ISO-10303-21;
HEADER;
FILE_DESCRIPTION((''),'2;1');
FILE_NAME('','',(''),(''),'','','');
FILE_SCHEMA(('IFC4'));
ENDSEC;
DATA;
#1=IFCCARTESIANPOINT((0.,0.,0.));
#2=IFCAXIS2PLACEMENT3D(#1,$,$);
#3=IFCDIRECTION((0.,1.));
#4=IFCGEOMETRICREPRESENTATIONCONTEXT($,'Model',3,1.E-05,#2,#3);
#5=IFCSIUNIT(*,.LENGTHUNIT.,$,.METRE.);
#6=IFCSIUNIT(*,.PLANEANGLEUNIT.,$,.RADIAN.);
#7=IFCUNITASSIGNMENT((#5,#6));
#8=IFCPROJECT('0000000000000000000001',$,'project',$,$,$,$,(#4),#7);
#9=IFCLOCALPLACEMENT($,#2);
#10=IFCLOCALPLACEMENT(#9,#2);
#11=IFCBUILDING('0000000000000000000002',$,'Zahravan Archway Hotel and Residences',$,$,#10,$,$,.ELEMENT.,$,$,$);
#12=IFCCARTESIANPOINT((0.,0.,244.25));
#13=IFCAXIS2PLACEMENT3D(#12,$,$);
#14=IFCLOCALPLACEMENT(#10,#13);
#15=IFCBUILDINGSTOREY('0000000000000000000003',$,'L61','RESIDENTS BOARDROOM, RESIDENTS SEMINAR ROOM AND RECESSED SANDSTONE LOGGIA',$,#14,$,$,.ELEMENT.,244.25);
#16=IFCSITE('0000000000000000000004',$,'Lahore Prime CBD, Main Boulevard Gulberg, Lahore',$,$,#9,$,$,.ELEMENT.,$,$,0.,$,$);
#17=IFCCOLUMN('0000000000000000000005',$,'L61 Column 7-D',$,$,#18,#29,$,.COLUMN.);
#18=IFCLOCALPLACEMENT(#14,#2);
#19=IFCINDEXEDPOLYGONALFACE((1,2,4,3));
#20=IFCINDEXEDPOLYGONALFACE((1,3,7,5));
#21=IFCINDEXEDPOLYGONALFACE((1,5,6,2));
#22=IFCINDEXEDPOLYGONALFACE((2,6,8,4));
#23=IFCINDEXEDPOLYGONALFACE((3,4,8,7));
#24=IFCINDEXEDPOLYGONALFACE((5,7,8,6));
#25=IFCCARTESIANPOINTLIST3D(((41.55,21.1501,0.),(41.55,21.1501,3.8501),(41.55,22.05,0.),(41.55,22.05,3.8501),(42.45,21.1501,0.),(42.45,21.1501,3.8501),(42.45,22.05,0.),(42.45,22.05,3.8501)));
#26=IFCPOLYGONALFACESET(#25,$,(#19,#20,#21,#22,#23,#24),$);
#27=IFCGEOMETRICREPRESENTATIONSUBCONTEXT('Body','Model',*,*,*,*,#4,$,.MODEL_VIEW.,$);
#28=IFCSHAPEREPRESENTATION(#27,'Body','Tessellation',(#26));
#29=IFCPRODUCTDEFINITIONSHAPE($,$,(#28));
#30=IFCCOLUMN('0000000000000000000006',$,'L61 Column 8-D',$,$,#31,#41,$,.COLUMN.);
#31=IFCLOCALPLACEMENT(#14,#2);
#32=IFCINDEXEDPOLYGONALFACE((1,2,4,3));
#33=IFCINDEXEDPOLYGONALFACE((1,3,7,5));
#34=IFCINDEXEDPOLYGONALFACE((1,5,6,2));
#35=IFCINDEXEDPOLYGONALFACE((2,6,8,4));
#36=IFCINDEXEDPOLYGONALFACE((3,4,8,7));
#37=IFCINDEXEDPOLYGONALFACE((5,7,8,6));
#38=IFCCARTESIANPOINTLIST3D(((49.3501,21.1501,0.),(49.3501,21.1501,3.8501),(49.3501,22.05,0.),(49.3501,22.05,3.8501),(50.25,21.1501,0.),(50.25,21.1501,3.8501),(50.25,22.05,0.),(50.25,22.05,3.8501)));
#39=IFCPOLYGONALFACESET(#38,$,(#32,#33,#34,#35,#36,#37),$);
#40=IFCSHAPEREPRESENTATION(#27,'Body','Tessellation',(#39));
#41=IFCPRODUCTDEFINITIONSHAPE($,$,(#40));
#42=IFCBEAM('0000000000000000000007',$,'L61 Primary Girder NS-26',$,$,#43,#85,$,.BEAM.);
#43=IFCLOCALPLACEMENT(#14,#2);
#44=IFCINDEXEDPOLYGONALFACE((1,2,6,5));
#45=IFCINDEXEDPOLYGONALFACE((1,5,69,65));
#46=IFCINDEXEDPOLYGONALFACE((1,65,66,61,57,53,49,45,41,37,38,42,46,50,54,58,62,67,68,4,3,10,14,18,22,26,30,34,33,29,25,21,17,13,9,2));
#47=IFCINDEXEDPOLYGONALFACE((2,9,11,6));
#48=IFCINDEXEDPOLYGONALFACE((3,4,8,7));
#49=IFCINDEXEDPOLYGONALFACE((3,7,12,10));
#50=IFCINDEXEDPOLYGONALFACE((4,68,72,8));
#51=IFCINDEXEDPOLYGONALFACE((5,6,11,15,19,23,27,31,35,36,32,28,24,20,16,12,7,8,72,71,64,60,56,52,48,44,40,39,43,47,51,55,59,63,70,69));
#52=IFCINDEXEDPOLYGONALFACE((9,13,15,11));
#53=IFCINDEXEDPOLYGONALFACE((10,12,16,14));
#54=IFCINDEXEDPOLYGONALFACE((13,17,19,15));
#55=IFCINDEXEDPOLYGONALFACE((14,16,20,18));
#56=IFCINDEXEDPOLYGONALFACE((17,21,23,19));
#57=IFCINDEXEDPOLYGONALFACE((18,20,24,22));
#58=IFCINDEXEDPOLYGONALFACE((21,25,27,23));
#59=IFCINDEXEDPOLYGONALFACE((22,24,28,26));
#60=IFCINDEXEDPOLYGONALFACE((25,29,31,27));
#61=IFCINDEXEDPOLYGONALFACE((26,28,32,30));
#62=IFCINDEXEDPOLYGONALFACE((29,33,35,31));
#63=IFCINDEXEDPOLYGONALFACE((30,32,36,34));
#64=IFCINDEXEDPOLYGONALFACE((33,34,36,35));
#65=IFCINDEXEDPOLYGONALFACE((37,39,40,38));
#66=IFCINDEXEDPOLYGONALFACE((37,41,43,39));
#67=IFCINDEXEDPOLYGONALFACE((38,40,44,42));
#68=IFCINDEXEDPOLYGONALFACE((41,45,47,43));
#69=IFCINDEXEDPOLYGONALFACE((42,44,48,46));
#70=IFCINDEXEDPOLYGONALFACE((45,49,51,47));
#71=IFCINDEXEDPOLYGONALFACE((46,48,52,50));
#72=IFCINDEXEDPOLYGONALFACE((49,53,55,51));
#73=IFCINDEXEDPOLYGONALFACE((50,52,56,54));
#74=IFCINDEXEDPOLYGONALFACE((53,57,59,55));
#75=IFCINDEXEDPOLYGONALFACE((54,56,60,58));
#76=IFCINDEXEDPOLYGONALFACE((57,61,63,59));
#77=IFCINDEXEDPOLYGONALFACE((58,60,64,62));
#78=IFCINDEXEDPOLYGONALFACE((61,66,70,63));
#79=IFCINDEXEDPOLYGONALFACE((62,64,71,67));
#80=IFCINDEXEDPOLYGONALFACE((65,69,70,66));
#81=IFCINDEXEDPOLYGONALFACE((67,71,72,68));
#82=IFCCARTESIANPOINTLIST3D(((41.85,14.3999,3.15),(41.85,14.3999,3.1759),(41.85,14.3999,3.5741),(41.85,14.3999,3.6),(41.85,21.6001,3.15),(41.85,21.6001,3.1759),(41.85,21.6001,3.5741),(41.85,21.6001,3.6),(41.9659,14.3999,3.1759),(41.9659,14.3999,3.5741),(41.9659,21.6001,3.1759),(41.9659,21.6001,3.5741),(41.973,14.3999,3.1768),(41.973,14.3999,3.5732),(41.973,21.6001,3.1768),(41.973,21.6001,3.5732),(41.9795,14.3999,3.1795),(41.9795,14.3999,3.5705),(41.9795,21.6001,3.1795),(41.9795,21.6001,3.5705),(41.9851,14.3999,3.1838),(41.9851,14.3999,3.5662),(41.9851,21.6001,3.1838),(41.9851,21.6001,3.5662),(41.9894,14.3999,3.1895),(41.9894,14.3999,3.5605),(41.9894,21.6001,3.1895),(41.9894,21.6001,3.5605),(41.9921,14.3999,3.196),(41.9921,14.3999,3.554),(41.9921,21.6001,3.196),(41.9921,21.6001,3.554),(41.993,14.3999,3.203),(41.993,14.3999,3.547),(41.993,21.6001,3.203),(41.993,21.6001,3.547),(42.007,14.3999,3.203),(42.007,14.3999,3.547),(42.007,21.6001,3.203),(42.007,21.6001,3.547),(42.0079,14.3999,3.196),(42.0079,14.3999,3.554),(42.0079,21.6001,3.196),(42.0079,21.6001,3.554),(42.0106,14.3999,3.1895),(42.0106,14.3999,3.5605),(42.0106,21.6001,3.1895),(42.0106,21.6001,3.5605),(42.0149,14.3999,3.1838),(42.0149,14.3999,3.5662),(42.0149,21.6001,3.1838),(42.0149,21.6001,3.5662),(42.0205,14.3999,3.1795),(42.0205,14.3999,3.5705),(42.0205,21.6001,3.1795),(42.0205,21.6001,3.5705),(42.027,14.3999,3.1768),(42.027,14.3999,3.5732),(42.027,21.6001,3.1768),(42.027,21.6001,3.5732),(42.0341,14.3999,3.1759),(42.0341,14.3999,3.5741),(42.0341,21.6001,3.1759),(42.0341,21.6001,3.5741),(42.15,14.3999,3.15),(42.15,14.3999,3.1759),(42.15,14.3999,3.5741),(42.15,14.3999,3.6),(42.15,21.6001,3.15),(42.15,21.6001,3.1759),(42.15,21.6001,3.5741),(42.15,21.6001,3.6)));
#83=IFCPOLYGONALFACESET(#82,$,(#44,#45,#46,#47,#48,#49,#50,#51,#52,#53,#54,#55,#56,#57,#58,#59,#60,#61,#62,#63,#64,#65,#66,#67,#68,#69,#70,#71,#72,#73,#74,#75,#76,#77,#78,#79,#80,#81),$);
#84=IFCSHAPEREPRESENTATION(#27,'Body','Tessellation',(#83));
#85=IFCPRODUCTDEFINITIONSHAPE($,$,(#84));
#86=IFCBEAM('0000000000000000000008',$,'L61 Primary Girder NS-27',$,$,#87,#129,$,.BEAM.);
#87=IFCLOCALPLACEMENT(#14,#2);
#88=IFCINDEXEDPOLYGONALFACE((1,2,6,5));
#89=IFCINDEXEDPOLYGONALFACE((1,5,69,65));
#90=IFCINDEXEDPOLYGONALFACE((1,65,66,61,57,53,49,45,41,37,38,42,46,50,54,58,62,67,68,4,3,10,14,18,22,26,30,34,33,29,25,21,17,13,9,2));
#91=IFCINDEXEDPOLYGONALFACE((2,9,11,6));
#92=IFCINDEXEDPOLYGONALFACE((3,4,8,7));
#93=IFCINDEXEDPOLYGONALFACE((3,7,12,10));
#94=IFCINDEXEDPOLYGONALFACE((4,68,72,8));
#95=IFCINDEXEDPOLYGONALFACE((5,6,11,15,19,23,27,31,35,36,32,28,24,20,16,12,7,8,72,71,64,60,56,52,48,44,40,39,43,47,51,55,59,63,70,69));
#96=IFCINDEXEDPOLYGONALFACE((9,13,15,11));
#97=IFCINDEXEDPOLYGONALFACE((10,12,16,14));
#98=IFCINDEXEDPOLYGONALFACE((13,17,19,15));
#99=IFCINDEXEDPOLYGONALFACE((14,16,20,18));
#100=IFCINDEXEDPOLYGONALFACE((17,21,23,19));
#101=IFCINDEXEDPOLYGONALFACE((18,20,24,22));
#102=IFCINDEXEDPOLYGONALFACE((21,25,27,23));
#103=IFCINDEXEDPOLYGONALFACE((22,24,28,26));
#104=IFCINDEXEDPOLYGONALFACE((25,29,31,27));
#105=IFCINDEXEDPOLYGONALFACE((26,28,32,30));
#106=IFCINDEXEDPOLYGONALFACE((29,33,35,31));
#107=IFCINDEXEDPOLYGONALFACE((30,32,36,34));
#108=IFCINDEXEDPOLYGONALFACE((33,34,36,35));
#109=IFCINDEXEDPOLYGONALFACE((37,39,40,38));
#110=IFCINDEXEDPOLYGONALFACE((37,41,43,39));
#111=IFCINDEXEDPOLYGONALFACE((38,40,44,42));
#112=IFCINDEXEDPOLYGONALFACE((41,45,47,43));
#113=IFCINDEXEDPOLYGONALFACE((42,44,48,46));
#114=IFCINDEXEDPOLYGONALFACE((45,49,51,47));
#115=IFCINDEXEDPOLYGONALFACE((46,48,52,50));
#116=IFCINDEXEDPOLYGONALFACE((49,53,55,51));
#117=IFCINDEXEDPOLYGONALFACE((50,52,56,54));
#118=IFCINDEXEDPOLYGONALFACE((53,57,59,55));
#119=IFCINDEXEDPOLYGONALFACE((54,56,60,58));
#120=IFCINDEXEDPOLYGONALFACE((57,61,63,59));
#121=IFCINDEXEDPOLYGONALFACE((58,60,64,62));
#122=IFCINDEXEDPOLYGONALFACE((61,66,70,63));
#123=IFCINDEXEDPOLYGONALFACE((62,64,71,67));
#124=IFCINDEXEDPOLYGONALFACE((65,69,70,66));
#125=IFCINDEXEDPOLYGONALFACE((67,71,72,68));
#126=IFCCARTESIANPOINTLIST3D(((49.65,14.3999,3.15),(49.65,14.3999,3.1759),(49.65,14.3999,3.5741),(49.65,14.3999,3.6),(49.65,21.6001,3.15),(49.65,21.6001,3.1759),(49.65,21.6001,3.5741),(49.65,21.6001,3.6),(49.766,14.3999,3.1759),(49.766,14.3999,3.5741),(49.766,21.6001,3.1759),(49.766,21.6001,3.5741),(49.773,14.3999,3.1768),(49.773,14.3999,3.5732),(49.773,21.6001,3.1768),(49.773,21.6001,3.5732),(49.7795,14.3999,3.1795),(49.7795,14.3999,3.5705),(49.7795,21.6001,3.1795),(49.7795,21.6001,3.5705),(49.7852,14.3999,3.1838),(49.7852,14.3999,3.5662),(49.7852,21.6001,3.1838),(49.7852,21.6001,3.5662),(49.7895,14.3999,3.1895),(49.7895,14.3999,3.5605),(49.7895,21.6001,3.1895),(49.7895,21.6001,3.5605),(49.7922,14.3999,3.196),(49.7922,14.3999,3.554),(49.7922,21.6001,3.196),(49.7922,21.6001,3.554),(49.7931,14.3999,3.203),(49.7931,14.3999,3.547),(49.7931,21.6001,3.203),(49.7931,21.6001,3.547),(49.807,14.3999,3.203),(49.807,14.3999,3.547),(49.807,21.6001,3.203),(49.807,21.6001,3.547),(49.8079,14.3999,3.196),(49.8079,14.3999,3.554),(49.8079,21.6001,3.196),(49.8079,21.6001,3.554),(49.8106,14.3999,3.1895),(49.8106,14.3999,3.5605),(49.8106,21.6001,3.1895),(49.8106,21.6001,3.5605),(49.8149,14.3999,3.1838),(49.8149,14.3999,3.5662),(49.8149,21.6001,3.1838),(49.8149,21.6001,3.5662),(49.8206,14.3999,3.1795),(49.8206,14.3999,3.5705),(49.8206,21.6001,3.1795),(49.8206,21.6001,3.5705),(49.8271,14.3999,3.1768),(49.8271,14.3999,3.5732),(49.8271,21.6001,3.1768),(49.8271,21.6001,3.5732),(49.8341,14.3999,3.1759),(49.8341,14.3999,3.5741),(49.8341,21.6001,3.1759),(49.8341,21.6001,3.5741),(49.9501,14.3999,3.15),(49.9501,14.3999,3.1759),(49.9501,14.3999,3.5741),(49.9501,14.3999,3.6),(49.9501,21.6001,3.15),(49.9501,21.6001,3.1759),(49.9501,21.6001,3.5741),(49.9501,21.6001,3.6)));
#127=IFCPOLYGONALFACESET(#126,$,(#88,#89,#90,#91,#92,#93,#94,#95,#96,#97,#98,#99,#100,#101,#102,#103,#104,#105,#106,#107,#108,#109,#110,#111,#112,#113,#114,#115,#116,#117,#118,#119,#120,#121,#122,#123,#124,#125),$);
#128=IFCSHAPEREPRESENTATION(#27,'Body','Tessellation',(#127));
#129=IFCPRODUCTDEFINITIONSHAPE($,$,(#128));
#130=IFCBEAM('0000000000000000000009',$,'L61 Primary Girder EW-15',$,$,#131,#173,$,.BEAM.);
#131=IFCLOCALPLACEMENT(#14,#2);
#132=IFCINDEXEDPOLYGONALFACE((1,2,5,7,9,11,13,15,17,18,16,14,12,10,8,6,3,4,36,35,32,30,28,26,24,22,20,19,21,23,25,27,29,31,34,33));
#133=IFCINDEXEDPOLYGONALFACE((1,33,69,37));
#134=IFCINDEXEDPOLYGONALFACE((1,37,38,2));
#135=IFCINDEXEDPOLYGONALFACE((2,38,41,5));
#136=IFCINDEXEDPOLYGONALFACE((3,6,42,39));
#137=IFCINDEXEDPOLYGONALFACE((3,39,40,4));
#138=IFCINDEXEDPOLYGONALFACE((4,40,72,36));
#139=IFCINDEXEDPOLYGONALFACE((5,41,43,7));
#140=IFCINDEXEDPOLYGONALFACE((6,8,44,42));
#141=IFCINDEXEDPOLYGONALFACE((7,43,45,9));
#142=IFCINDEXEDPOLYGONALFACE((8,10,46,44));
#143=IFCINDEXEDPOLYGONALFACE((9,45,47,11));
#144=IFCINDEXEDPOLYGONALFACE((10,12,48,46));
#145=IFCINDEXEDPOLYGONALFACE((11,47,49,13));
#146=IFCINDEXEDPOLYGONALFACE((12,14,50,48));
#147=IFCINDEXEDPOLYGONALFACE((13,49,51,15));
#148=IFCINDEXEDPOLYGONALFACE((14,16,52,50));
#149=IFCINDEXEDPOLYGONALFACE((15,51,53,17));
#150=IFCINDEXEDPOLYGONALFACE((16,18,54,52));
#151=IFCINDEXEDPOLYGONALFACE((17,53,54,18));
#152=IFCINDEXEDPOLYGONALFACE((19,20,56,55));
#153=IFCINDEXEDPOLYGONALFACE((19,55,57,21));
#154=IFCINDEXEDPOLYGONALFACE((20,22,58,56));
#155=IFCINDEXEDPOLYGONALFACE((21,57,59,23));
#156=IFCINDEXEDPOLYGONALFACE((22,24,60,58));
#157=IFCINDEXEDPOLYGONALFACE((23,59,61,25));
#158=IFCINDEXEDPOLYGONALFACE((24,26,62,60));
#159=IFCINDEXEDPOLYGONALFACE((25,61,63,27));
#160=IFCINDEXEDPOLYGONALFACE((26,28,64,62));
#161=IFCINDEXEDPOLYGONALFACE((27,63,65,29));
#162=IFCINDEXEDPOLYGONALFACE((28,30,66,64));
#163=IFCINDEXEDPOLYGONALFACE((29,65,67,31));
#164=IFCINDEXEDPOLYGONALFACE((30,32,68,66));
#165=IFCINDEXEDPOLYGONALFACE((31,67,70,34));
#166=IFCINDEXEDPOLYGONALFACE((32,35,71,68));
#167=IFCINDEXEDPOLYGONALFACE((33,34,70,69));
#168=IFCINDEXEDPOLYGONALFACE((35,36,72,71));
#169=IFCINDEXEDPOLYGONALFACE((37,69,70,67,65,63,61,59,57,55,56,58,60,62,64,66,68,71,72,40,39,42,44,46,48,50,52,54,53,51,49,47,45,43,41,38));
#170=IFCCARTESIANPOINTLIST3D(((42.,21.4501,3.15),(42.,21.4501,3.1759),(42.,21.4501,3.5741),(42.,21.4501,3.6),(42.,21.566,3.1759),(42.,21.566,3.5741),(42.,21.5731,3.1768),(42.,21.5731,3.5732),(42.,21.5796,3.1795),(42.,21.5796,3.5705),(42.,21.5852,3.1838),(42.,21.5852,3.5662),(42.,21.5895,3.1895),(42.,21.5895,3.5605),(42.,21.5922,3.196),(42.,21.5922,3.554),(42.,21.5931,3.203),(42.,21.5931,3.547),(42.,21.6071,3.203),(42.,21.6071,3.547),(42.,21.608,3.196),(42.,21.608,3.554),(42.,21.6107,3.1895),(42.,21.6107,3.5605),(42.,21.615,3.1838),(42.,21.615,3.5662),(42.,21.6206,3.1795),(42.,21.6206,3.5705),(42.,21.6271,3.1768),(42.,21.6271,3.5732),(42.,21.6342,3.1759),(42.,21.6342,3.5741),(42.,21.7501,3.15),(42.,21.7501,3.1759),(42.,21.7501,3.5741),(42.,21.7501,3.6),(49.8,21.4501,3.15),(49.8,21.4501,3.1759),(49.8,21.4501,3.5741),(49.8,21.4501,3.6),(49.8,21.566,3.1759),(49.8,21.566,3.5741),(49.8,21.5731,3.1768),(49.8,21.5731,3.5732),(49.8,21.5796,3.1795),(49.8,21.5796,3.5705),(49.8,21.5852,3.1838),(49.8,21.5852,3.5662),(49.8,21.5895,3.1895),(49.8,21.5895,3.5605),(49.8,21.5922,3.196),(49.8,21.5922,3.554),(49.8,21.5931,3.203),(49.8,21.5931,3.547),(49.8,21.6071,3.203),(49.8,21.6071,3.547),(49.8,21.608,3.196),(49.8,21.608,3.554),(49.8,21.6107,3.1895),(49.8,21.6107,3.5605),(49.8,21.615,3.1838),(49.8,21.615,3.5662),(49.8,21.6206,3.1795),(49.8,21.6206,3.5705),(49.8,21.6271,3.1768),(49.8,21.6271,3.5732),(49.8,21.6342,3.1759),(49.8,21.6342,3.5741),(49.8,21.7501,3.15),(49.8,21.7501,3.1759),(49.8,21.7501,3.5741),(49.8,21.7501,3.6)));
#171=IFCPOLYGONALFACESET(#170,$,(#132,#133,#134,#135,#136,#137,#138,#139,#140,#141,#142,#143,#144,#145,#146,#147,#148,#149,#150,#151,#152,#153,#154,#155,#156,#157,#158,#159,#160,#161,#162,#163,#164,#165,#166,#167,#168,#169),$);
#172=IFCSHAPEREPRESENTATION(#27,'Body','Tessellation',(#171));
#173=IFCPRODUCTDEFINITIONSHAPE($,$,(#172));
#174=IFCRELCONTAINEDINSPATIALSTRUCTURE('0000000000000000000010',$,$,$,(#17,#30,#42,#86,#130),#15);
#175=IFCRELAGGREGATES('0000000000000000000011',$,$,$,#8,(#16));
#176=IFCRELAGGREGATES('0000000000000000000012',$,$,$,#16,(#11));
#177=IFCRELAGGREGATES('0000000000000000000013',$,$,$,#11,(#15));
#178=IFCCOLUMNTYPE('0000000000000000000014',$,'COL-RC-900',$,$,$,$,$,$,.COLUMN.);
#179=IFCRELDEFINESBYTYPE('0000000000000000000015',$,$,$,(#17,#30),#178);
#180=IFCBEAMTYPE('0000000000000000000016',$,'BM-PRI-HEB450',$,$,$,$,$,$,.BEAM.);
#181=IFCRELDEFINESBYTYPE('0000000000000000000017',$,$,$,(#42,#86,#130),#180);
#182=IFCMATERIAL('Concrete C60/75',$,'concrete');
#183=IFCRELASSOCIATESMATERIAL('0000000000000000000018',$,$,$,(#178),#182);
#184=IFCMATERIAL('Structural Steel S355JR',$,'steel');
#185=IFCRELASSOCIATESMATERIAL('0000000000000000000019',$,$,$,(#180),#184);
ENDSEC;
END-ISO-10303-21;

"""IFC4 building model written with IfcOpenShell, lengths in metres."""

from ifc_helpers import new_model, si_unit, direction, frame, origin, origin_2d, place, context, subcontext, project, spatial, rectangle, i_section, extrude, source, transform, mapped, material, material_profile, profile_set, type_object, type_shapes, element, save


model = new_model("IFC4")

# Units and contexts
model_context = context("Model", 3, precision=1e-05, world=origin(), true_north=direction((0.0, 1.0)))
body_context = subcontext(model_context, "Body", "Model", "MODEL_VIEW")
ifc_project = project(units=[si_unit("LENGTHUNIT", "METRE"), si_unit("PLANEANGLEUNIT", "RADIAN")], contexts=[model_context])

# Site, building, storey
site_placement = place(None, origin())
site = spatial("IfcSite", under=ifc_project, at=site_placement, Name="Lahore Prime CBD, Main Boulevard Gulberg, Lahore", CompositionType="ELEMENT", RefElevation=0.0)
building_placement = place(site_placement, origin())
building = spatial("IfcBuilding", under=site, at=building_placement, Name="Zahravan Archway Hotel and Residences", CompositionType="ELEMENT")
storey_placement = place(building_placement, frame((0.0, 0.0, 244.25)))
storey = spatial("IfcBuildingStorey", under=building, at=storey_placement, Name="L61", Description="RESIDENTS BOARDROOM, RESIDENTS SEMINAR ROOM AND RECESSED SANDSTONE LOGGIA", CompositionType="ELEMENT", Elevation=244.25)

# Columns
ifc_material_1 = material(Name="Concrete C60/75", Category="concrete")
ifc_material_profile_1 = material_profile(ifc_material_1, rectangle(XDim=0.8999, YDim=0.8999, at=origin_2d()), Name="RC-COL-900x900", Category="concrete")
ifc_profile_set_1 = profile_set([ifc_material_profile_1], Name="Concrete C60/75")
column_type = type_object("IfcColumnType", Name="COL-RC-900", PredefinedType="COLUMN", material=ifc_profile_set_1)
shared_shape_1 = source(origin(), body_context, "Body", "SweptSolid", [
    extrude(rectangle(XDim=0.8999, YDim=0.8999, at=origin_2d()), origin(), (0.0, 0.0, 1.0), 3.8501),
])
type_shapes(column_type, [shared_shape_1])
for number, where, z_axis, x_axis, name in (
    (1, (42.0, 21.6001, 0.0), (0.0, 0.0, 1.0), (1.0, 0.0, 0.0), "L61 Column 7-D"),
    (2, (49.8, 21.6001, 0.0), (0.0, 0.0, 1.0), (1.0, 0.0, 0.0), "L61 Column 8-D"),
):
    element("IfcColumn", number, at=place(storey_placement, frame(where, z_axis=z_axis, x_axis=x_axis)), inside=storey, type_object=column_type, Name=name, PredefinedType="COLUMN", context=body_context, shape_type="MappedRepresentation", body=[
        mapped(shared_shape_1, transform((0.0, 0.0, 0.0), scale=1.0)),
    ])

# Beams
ifc_material_2 = material(Name="Structural Steel S355JR", Category="steel")
ifc_material_profile_2 = material_profile(ifc_material_2, i_section(OverallWidth=0.3, OverallDepth=0.45, WebThickness=0.0139, FlangeThickness=0.0259, FilletRadius=0.0271, at=origin_2d()), Name="HEB 450", Category="steel")
ifc_profile_set_2 = profile_set([ifc_material_profile_2], Name="Structural Steel S355JR")
beam_type = type_object("IfcBeamType", Name="BM-PRI-HEB450", PredefinedType="BEAM", material=ifc_profile_set_2)
shared_shape_2 = source(origin(), body_context, "Body", "SweptSolid", [
    extrude(i_section(OverallWidth=0.3, OverallDepth=0.45, WebThickness=0.0139, FlangeThickness=0.0259, FilletRadius=0.0271, at=origin_2d()), origin(), (0.0, 0.0, 1.0), 7.2002),
])
type_shapes(beam_type, [shared_shape_2])
for number, where, z_axis, x_axis, name in (
    (3, (42.0, 14.3999, 3.375), (0.0, 1.0, 0.0), (-1.0, 0.0, 0.0), "L61 Primary Girder NS-26"),
    (4, (49.8, 14.3999, 3.375), (0.0, 1.0, 0.0), (-1.0, 0.0, 0.0), "L61 Primary Girder NS-27"),
):
    element("IfcBeam", number, at=place(storey_placement, frame(where, z_axis=z_axis, x_axis=x_axis)), inside=storey, type_object=beam_type, Name=name, PredefinedType="BEAM", context=body_context, shape_type="MappedRepresentation", body=[
        mapped(shared_shape_2, transform((0.0, 0.0, 0.0), scale=1.0)),
    ])
shared_shape_3 = source(origin(), body_context, "Body", "SweptSolid", [
    extrude(i_section(OverallWidth=0.3, OverallDepth=0.45, WebThickness=0.0139, FlangeThickness=0.0259, FilletRadius=0.0271, at=origin_2d()), origin(), (0.0, 0.0, 1.0), 7.8),
])
beam_placement = place(storey_placement, frame((42.0, 21.6001, 3.375), z_axis=(1.0, 0.0, 0.0), x_axis=(0.0, 1.0, 0.0)))
element("IfcBeam", 5, at=beam_placement, inside=storey, type_object=beam_type, Name="L61 Primary Girder EW-15", PredefinedType="BEAM", context=body_context, shape_type="MappedRepresentation", body=[
    mapped(shared_shape_3, transform((0.0, 0.0, 0.0), scale=1.0)),
])

save(model, "model.ifc")
